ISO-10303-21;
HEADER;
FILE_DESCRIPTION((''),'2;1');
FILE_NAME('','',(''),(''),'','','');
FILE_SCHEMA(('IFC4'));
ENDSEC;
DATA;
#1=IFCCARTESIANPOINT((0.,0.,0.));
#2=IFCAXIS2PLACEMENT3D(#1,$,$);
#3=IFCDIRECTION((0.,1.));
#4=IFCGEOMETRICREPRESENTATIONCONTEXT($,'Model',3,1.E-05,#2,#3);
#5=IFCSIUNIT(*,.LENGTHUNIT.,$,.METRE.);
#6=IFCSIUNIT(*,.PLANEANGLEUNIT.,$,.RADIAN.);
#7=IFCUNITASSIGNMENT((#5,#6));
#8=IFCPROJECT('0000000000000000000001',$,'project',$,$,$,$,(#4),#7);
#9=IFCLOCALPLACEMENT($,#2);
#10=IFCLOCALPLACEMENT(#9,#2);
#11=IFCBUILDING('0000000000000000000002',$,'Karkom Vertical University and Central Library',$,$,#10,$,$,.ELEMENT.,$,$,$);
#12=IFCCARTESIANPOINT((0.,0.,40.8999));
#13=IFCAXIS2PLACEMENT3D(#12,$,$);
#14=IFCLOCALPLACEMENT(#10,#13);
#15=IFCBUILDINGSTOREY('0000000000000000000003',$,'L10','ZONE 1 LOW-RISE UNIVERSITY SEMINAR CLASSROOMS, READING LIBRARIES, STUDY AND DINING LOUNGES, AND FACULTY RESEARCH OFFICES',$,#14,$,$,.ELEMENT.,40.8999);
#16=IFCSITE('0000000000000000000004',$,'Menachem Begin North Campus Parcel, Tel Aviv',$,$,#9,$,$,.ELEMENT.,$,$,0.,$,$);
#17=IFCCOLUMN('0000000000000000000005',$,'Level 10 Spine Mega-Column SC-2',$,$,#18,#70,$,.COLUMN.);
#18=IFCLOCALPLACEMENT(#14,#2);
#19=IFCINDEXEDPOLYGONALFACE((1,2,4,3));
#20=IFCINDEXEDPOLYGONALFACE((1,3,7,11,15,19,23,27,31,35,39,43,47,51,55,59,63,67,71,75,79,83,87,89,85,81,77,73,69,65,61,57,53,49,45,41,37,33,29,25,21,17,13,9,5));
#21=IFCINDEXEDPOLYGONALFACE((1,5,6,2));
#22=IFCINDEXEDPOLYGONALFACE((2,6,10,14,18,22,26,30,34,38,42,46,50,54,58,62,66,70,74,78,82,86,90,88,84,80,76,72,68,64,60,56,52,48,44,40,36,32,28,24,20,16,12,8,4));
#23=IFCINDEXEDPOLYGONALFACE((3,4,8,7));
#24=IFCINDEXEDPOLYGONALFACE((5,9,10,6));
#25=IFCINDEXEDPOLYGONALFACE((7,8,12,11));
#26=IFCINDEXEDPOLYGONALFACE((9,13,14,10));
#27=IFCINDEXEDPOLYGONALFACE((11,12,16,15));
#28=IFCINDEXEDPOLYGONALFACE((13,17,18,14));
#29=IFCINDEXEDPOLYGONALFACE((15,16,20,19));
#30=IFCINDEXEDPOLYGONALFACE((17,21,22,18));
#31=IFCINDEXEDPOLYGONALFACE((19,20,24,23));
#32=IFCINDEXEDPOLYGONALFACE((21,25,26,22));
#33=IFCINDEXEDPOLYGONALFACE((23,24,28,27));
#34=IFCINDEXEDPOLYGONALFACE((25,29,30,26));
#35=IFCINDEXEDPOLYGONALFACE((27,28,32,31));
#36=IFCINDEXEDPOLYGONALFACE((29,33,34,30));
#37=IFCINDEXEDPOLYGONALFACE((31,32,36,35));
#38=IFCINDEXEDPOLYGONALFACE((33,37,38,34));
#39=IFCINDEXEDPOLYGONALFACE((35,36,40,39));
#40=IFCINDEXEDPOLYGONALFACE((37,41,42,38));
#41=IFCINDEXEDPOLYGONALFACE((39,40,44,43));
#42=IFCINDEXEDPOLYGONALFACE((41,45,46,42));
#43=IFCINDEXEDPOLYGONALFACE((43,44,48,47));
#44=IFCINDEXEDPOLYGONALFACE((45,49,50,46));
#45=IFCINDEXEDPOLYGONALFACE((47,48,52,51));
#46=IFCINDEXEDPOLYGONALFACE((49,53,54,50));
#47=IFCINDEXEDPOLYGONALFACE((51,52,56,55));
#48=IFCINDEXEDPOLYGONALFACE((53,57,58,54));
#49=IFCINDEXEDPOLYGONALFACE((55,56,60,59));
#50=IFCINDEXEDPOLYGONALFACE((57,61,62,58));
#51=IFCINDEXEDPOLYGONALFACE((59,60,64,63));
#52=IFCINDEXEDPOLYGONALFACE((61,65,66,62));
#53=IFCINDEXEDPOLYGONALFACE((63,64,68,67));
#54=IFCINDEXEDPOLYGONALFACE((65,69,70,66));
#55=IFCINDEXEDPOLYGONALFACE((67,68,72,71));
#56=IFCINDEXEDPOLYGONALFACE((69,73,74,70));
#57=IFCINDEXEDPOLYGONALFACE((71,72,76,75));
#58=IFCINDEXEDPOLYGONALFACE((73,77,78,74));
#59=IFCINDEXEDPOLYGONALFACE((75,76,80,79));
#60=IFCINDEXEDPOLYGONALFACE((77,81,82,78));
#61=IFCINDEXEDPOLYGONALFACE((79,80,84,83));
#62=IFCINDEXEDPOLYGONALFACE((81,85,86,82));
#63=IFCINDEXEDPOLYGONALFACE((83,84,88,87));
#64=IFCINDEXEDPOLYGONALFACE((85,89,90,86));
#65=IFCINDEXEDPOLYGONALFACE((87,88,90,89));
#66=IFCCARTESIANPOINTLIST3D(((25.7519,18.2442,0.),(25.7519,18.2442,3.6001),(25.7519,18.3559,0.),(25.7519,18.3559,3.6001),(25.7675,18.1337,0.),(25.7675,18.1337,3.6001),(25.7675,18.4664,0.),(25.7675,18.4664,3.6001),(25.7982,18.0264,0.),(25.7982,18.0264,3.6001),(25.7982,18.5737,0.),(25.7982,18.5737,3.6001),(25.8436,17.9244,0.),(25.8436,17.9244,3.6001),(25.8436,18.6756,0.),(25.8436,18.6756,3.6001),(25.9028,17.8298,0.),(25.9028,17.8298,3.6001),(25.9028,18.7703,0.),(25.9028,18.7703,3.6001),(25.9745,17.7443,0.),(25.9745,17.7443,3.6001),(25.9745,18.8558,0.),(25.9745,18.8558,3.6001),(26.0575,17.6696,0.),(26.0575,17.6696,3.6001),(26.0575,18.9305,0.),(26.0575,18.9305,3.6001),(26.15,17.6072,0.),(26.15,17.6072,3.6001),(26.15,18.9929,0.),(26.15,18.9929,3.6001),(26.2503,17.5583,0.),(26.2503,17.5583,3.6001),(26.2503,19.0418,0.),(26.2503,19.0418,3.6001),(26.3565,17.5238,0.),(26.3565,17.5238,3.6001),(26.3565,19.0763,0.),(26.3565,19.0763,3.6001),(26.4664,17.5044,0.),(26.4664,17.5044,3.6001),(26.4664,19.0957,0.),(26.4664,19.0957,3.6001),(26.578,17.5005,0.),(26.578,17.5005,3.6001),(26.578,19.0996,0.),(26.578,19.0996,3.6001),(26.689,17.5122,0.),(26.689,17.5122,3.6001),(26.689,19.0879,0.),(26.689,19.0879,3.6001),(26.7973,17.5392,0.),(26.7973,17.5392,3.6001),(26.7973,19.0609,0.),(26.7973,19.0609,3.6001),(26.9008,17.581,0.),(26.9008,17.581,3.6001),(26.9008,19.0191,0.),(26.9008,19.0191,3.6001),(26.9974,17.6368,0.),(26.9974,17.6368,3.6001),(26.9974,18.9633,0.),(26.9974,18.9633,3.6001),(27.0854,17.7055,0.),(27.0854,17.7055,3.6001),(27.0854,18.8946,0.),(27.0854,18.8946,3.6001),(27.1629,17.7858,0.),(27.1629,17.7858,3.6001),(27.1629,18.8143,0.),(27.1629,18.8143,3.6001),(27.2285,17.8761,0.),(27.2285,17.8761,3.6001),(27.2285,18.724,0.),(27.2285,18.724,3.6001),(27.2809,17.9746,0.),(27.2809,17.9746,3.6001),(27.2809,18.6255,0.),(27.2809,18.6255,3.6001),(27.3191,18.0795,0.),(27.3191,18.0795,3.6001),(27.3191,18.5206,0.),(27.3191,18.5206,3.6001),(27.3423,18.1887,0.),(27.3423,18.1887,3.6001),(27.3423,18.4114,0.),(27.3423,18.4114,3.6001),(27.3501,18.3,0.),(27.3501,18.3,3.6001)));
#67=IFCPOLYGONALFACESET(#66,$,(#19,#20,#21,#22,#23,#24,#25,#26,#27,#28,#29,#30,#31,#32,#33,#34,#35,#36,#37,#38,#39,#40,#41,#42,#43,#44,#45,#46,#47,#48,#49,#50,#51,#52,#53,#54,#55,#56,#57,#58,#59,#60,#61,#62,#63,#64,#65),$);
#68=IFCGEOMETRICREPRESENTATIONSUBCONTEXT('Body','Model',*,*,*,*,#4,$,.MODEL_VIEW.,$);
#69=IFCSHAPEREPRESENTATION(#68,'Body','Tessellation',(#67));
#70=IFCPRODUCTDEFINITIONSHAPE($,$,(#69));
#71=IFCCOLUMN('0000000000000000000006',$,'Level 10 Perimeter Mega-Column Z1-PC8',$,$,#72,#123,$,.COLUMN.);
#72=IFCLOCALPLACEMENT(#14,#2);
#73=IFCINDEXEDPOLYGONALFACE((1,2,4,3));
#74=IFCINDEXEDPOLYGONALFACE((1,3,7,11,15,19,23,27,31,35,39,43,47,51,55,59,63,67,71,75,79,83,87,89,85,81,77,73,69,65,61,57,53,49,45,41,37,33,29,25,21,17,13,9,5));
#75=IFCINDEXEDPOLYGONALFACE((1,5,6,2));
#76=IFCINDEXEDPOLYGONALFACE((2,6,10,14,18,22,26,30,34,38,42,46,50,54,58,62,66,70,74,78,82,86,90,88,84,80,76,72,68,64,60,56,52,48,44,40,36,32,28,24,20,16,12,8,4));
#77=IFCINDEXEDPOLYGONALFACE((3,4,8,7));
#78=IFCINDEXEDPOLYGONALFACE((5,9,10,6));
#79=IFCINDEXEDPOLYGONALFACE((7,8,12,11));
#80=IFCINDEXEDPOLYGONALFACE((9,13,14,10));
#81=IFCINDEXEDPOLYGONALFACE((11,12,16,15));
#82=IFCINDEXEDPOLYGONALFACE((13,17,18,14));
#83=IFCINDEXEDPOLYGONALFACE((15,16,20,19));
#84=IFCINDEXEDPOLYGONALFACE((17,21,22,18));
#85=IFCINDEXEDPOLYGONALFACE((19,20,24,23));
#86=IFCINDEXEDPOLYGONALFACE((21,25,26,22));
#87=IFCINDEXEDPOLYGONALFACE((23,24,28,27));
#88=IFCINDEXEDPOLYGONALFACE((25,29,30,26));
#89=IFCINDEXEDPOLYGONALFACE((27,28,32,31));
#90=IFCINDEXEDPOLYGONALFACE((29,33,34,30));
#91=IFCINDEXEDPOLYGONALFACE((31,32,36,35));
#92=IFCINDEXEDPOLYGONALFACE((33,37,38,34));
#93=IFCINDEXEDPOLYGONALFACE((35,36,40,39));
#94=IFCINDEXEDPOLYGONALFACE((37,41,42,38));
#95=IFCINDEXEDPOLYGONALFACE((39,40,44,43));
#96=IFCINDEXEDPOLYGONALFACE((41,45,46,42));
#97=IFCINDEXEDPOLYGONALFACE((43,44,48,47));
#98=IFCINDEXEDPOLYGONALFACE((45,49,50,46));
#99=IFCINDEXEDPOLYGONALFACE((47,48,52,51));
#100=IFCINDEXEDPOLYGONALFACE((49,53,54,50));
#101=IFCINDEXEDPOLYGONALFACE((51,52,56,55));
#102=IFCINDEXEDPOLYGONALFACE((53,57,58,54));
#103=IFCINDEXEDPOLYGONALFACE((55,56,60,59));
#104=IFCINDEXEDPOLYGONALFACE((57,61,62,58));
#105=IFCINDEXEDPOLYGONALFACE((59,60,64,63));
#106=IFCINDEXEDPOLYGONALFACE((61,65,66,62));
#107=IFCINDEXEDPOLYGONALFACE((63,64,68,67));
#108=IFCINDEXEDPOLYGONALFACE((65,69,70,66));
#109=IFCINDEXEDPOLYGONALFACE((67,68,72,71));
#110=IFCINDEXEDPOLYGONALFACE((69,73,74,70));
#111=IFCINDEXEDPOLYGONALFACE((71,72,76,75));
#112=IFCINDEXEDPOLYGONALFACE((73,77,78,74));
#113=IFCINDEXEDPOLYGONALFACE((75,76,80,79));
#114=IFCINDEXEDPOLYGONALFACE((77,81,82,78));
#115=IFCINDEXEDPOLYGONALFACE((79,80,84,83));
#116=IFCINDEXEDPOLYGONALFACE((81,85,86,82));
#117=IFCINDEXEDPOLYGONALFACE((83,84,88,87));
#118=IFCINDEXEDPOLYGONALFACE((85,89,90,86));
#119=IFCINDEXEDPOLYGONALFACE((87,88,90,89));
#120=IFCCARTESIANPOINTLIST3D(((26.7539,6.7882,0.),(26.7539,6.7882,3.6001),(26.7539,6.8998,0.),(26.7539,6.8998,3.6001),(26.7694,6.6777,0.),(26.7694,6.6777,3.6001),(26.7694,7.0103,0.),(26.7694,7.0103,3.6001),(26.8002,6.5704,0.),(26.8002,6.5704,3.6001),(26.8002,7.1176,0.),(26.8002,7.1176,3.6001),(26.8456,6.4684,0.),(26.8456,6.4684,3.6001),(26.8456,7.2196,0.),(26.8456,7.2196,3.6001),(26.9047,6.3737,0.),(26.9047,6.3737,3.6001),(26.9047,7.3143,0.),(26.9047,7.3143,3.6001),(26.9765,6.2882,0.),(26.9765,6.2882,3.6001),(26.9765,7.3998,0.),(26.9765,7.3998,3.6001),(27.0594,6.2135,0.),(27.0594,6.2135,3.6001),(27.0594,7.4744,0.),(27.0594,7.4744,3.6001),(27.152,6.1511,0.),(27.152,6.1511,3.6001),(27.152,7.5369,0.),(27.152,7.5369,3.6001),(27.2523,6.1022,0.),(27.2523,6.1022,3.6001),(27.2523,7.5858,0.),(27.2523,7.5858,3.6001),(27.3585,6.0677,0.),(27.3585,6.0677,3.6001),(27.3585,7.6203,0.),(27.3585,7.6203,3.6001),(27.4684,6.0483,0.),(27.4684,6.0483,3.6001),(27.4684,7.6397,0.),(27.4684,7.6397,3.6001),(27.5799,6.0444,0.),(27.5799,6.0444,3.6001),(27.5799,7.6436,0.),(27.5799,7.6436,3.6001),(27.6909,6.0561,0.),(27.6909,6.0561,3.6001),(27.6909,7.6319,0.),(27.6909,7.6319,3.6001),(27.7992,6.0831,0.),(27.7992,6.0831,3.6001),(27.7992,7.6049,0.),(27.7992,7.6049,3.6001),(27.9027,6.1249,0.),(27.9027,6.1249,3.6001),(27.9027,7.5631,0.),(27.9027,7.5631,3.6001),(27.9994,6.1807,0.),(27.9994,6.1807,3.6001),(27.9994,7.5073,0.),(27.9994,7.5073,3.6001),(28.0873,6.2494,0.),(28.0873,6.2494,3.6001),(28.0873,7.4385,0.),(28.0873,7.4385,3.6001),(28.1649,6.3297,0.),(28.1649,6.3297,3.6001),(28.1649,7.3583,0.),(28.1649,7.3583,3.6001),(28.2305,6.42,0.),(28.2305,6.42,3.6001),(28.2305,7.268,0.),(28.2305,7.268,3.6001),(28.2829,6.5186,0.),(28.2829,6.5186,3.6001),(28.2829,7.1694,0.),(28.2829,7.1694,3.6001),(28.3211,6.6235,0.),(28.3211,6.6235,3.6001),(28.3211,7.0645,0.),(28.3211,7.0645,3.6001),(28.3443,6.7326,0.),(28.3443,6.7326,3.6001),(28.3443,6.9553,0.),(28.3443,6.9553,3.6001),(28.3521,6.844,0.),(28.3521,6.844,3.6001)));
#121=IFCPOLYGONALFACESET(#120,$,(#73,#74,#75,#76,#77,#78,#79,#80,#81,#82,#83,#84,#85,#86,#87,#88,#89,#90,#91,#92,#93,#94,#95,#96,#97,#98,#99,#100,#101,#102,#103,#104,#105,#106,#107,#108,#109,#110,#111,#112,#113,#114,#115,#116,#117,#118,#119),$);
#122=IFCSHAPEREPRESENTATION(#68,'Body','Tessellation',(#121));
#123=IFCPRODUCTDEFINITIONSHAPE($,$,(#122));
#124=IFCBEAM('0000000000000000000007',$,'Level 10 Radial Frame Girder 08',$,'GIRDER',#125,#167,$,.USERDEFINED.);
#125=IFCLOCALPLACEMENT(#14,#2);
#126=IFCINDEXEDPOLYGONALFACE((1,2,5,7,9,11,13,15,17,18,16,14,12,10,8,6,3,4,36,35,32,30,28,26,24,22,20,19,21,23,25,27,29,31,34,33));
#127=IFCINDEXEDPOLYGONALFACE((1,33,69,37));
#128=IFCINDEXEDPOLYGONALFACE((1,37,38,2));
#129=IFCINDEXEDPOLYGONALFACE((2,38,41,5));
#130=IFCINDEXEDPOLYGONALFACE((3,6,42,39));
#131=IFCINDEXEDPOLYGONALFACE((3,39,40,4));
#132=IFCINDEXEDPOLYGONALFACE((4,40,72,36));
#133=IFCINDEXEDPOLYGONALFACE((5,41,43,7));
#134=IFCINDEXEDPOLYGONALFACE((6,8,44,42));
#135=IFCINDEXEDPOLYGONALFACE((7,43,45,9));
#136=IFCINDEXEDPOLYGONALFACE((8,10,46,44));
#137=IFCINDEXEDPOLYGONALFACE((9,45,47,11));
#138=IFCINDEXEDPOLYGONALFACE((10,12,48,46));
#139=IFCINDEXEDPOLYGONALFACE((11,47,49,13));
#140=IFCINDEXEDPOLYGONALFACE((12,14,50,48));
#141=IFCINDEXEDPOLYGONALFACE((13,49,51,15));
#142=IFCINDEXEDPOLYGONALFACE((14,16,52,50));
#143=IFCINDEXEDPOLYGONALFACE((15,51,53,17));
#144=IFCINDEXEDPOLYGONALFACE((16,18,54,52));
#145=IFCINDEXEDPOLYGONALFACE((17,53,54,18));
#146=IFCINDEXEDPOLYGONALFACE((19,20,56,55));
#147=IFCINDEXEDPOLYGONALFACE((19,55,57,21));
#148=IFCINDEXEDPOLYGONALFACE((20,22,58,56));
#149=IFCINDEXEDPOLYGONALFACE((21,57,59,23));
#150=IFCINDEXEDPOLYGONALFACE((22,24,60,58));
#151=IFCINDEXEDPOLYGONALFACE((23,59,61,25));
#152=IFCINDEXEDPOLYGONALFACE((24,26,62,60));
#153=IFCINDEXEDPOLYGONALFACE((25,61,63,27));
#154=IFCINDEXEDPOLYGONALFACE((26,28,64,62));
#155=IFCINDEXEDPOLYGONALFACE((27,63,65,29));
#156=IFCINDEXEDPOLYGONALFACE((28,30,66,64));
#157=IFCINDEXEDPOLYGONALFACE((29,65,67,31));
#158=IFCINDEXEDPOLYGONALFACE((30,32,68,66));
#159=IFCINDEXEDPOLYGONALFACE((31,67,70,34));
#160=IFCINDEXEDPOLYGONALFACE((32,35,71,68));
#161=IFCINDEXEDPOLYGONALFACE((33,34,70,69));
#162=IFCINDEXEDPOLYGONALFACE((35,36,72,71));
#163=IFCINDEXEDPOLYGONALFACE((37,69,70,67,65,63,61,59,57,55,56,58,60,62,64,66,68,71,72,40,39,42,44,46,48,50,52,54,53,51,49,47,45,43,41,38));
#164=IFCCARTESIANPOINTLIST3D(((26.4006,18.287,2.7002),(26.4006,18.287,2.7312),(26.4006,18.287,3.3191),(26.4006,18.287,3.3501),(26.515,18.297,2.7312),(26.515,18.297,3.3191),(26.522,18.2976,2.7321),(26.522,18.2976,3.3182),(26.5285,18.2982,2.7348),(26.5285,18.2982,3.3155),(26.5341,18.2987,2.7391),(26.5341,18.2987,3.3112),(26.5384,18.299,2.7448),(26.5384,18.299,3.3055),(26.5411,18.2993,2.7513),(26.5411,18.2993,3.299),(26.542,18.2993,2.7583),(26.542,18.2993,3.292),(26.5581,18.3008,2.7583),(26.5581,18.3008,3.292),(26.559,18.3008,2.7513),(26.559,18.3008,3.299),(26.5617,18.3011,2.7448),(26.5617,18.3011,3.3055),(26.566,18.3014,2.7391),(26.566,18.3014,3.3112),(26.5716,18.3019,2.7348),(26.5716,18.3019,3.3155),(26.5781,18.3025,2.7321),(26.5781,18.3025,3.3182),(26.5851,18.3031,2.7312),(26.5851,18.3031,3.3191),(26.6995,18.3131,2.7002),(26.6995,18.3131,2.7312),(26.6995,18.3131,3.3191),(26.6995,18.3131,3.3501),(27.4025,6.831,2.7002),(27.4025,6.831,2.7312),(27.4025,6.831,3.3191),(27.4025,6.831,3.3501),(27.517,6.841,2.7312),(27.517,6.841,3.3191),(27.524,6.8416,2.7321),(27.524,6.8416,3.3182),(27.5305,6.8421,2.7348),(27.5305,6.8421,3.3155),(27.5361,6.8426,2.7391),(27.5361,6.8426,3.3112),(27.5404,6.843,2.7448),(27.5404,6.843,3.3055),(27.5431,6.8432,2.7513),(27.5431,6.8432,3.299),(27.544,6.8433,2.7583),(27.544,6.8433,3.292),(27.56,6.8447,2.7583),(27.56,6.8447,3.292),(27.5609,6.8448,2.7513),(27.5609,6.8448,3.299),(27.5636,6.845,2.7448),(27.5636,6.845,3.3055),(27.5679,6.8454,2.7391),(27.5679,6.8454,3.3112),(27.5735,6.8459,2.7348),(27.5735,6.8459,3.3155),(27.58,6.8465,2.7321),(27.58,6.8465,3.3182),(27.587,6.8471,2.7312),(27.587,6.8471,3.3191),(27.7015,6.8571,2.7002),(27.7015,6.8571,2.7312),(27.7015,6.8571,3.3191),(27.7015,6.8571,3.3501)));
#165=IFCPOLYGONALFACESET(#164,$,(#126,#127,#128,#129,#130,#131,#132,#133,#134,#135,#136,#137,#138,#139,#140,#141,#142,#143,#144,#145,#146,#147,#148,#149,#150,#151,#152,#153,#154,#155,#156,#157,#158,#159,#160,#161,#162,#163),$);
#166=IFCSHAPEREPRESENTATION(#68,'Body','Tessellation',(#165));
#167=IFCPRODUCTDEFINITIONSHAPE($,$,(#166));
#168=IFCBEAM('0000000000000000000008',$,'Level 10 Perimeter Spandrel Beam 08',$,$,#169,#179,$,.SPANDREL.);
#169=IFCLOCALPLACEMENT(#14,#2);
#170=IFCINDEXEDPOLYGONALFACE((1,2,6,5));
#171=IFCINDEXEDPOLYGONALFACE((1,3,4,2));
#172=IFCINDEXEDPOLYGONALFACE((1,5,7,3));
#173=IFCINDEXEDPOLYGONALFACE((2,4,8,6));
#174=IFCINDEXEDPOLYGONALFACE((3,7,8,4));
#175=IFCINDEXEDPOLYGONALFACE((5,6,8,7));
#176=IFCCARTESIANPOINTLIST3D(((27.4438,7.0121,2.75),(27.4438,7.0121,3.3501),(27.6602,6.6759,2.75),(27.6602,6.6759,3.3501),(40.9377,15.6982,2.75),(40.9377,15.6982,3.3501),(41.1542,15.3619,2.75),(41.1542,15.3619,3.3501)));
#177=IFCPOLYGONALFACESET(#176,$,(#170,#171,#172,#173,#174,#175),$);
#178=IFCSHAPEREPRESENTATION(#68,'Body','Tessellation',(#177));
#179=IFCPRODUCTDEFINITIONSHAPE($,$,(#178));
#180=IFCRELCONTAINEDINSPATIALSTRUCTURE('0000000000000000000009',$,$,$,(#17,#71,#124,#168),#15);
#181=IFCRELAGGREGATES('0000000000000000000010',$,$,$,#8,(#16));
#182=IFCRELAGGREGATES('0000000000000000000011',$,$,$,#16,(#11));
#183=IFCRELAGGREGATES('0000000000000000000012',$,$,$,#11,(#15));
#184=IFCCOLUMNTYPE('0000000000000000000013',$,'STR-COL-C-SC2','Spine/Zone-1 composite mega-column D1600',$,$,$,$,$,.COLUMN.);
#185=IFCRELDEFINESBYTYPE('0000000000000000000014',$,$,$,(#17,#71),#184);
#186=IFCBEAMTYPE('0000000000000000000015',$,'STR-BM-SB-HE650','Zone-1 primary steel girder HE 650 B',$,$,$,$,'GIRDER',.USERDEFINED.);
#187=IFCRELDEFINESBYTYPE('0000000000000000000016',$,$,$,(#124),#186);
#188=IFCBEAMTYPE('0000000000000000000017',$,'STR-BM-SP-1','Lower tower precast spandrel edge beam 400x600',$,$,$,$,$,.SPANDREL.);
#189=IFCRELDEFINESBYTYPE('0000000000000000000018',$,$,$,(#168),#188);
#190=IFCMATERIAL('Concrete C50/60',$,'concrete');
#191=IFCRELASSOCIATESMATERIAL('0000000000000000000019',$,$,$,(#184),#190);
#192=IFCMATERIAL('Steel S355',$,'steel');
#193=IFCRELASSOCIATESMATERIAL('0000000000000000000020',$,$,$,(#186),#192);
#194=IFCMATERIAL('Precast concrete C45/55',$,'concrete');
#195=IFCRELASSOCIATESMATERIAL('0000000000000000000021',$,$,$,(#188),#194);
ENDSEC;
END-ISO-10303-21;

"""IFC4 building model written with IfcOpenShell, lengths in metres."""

from ifc_helpers import new_model, si_unit, direction, frame, origin, origin_with_axes, origin_2d, place, context, subcontext, project, spatial, rectangle, circle, i_section, extrude, source, transform, mapped, material, material_profile, profile_set, type_object, element, save


model = new_model("IFC4")

# Units and contexts
model_context = context("Model", 3, precision=1e-05, world=origin(), true_north=direction((0.0, 1.0)))
body_context = subcontext(model_context, "Body", "Model", "MODEL_VIEW")
ifc_project = project(units=[si_unit("LENGTHUNIT", "METRE"), si_unit("PLANEANGLEUNIT", "RADIAN")], contexts=[model_context])

# Site, building, storey
site_placement = place(None, origin())
site = spatial("IfcSite", under=ifc_project, at=site_placement, Name="Menachem Begin North Campus Parcel, Tel Aviv", CompositionType="ELEMENT", RefElevation=0.0)
building_placement = place(site_placement, origin())
building = spatial("IfcBuilding", under=site, at=building_placement, Name="Karkom Vertical University and Central Library", CompositionType="ELEMENT")
storey_placement = place(building_placement, frame((0.0, 0.0, 40.8999)))
storey = spatial("IfcBuildingStorey", under=building, at=storey_placement, Name="L10", Description="ZONE 1 LOW-RISE UNIVERSITY SEMINAR CLASSROOMS, READING LIBRARIES, STUDY AND DINING LOUNGES, AND FACULTY RESEARCH OFFICES", CompositionType="ELEMENT", Elevation=40.8999)

# Columns
ifc_material_1 = material(Name="Concrete C50/60", Category="concrete")
ifc_material_profile_1 = material_profile(ifc_material_1, circle(Radius=0.8, at=origin_2d()), Name="CFT-D1600")
ifc_profile_set_1 = profile_set([ifc_material_profile_1], Name="Concrete C50/60")
column_type = type_object("IfcColumnType", Name="STR-COL-C-SC2", Description="Spine/Zone-1 composite mega-column D1600", PredefinedType="COLUMN", material=ifc_profile_set_1)
shared_shape_1 = source(origin_with_axes(), body_context, "Body", "SweptSolid", [
    extrude(circle(Radius=0.8, at=origin_2d()), origin(), (0.0, 0.0, 1.0), 3.6001),
])
for number, where, z_axis, x_axis, name in (
    (1, (26.55, 18.3, 0.0), (0.0, 0.0, 1.0), (1.0, 0.0, 0.0), "Level 10 Spine Mega-Column SC-2"),
    (2, (27.552, 6.844, 0.0), (0.0, 0.0, 1.0), (1.0, 0.0, 0.0), "Level 10 Perimeter Mega-Column Z1-PC8"),
):
    element("IfcColumn", number, at=place(storey_placement, frame(where, z_axis=z_axis, x_axis=x_axis)), inside=storey, type_object=column_type, Name=name, PredefinedType="COLUMN", context=body_context, shape_type="MappedRepresentation", body=[
        mapped(shared_shape_1, transform((0.0, 0.0, 0.0), scale=1.0)),
    ])

# Beams
ifc_material_2 = material(Name="Steel S355", Category="steel")
ifc_material_profile_2 = material_profile(ifc_material_2, i_section(OverallWidth=0.3, OverallDepth=0.6499, WebThickness=0.0161, FlangeThickness=0.031, FilletRadius=0.0271, at=origin_2d()), Name="HE 650 B")
ifc_profile_set_2 = profile_set([ifc_material_profile_2], Name="Steel S355")
beam_type_1 = type_object("IfcBeamType", Name="STR-BM-SB-HE650", Description="Zone-1 primary steel girder HE 650 B", ElementType="GIRDER", PredefinedType="USERDEFINED", material=ifc_profile_set_2)
shared_shape_2 = source(origin_with_axes(), body_context, "Body", "SweptSolid", [
    extrude(i_section(OverallWidth=0.3, OverallDepth=0.6499, WebThickness=0.0161, FlangeThickness=0.031, FilletRadius=0.0271, at=origin_2d()), origin(), (0.0, 0.0, 1.0), 11.4998),
])
beam_1_placement = place(storey_placement, frame((26.55, 18.3, 3.0251), z_axis=(0.087128, -0.996197, 0.0), x_axis=(0.996197, 0.087128, 0.0)))
element("IfcBeam", 3, at=beam_1_placement, inside=storey, type_object=beam_type_1, Name="Level 10 Radial Frame Girder 08", ObjectType="GIRDER", PredefinedType="USERDEFINED", context=body_context, shape_type="MappedRepresentation", body=[
    mapped(shared_shape_2, transform((0.0, 0.0, 0.0), scale=1.0)),
])
ifc_material_3 = material(Name="Precast concrete C45/55", Category="concrete")
ifc_material_profile_3 = material_profile(ifc_material_3, rectangle(XDim=0.3999, YDim=0.6001, at=origin_2d()), Name="SPB-400x600")
ifc_profile_set_3 = profile_set([ifc_material_profile_3], Name="Precast concrete C45/55")
beam_type_2 = type_object("IfcBeamType", Name="STR-BM-SP-1", Description="Lower tower precast spandrel edge beam 400x600", PredefinedType="SPANDREL", material=ifc_profile_set_3)
shared_shape_3 = source(origin_with_axes(), body_context, "Body", "SweptSolid", [
    extrude(rectangle(XDim=0.3999, YDim=0.6001, at=origin_2d()), origin(), (0.0, 0.0, 1.0), 16.0479),
])
beam_2_placement = place(storey_placement, frame((27.552, 6.844, 3.05), z_axis=(0.840856, 0.54126, 0.0), x_axis=(-0.54126, 0.840856, 0.0)))
element("IfcBeam", 4, at=beam_2_placement, inside=storey, type_object=beam_type_2, Name="Level 10 Perimeter Spandrel Beam 08", PredefinedType="SPANDREL", context=body_context, shape_type="MappedRepresentation", body=[
    mapped(shared_shape_3, transform((0.0, 0.0, 0.0), scale=1.0)),
])

save(model, "model.ifc")
